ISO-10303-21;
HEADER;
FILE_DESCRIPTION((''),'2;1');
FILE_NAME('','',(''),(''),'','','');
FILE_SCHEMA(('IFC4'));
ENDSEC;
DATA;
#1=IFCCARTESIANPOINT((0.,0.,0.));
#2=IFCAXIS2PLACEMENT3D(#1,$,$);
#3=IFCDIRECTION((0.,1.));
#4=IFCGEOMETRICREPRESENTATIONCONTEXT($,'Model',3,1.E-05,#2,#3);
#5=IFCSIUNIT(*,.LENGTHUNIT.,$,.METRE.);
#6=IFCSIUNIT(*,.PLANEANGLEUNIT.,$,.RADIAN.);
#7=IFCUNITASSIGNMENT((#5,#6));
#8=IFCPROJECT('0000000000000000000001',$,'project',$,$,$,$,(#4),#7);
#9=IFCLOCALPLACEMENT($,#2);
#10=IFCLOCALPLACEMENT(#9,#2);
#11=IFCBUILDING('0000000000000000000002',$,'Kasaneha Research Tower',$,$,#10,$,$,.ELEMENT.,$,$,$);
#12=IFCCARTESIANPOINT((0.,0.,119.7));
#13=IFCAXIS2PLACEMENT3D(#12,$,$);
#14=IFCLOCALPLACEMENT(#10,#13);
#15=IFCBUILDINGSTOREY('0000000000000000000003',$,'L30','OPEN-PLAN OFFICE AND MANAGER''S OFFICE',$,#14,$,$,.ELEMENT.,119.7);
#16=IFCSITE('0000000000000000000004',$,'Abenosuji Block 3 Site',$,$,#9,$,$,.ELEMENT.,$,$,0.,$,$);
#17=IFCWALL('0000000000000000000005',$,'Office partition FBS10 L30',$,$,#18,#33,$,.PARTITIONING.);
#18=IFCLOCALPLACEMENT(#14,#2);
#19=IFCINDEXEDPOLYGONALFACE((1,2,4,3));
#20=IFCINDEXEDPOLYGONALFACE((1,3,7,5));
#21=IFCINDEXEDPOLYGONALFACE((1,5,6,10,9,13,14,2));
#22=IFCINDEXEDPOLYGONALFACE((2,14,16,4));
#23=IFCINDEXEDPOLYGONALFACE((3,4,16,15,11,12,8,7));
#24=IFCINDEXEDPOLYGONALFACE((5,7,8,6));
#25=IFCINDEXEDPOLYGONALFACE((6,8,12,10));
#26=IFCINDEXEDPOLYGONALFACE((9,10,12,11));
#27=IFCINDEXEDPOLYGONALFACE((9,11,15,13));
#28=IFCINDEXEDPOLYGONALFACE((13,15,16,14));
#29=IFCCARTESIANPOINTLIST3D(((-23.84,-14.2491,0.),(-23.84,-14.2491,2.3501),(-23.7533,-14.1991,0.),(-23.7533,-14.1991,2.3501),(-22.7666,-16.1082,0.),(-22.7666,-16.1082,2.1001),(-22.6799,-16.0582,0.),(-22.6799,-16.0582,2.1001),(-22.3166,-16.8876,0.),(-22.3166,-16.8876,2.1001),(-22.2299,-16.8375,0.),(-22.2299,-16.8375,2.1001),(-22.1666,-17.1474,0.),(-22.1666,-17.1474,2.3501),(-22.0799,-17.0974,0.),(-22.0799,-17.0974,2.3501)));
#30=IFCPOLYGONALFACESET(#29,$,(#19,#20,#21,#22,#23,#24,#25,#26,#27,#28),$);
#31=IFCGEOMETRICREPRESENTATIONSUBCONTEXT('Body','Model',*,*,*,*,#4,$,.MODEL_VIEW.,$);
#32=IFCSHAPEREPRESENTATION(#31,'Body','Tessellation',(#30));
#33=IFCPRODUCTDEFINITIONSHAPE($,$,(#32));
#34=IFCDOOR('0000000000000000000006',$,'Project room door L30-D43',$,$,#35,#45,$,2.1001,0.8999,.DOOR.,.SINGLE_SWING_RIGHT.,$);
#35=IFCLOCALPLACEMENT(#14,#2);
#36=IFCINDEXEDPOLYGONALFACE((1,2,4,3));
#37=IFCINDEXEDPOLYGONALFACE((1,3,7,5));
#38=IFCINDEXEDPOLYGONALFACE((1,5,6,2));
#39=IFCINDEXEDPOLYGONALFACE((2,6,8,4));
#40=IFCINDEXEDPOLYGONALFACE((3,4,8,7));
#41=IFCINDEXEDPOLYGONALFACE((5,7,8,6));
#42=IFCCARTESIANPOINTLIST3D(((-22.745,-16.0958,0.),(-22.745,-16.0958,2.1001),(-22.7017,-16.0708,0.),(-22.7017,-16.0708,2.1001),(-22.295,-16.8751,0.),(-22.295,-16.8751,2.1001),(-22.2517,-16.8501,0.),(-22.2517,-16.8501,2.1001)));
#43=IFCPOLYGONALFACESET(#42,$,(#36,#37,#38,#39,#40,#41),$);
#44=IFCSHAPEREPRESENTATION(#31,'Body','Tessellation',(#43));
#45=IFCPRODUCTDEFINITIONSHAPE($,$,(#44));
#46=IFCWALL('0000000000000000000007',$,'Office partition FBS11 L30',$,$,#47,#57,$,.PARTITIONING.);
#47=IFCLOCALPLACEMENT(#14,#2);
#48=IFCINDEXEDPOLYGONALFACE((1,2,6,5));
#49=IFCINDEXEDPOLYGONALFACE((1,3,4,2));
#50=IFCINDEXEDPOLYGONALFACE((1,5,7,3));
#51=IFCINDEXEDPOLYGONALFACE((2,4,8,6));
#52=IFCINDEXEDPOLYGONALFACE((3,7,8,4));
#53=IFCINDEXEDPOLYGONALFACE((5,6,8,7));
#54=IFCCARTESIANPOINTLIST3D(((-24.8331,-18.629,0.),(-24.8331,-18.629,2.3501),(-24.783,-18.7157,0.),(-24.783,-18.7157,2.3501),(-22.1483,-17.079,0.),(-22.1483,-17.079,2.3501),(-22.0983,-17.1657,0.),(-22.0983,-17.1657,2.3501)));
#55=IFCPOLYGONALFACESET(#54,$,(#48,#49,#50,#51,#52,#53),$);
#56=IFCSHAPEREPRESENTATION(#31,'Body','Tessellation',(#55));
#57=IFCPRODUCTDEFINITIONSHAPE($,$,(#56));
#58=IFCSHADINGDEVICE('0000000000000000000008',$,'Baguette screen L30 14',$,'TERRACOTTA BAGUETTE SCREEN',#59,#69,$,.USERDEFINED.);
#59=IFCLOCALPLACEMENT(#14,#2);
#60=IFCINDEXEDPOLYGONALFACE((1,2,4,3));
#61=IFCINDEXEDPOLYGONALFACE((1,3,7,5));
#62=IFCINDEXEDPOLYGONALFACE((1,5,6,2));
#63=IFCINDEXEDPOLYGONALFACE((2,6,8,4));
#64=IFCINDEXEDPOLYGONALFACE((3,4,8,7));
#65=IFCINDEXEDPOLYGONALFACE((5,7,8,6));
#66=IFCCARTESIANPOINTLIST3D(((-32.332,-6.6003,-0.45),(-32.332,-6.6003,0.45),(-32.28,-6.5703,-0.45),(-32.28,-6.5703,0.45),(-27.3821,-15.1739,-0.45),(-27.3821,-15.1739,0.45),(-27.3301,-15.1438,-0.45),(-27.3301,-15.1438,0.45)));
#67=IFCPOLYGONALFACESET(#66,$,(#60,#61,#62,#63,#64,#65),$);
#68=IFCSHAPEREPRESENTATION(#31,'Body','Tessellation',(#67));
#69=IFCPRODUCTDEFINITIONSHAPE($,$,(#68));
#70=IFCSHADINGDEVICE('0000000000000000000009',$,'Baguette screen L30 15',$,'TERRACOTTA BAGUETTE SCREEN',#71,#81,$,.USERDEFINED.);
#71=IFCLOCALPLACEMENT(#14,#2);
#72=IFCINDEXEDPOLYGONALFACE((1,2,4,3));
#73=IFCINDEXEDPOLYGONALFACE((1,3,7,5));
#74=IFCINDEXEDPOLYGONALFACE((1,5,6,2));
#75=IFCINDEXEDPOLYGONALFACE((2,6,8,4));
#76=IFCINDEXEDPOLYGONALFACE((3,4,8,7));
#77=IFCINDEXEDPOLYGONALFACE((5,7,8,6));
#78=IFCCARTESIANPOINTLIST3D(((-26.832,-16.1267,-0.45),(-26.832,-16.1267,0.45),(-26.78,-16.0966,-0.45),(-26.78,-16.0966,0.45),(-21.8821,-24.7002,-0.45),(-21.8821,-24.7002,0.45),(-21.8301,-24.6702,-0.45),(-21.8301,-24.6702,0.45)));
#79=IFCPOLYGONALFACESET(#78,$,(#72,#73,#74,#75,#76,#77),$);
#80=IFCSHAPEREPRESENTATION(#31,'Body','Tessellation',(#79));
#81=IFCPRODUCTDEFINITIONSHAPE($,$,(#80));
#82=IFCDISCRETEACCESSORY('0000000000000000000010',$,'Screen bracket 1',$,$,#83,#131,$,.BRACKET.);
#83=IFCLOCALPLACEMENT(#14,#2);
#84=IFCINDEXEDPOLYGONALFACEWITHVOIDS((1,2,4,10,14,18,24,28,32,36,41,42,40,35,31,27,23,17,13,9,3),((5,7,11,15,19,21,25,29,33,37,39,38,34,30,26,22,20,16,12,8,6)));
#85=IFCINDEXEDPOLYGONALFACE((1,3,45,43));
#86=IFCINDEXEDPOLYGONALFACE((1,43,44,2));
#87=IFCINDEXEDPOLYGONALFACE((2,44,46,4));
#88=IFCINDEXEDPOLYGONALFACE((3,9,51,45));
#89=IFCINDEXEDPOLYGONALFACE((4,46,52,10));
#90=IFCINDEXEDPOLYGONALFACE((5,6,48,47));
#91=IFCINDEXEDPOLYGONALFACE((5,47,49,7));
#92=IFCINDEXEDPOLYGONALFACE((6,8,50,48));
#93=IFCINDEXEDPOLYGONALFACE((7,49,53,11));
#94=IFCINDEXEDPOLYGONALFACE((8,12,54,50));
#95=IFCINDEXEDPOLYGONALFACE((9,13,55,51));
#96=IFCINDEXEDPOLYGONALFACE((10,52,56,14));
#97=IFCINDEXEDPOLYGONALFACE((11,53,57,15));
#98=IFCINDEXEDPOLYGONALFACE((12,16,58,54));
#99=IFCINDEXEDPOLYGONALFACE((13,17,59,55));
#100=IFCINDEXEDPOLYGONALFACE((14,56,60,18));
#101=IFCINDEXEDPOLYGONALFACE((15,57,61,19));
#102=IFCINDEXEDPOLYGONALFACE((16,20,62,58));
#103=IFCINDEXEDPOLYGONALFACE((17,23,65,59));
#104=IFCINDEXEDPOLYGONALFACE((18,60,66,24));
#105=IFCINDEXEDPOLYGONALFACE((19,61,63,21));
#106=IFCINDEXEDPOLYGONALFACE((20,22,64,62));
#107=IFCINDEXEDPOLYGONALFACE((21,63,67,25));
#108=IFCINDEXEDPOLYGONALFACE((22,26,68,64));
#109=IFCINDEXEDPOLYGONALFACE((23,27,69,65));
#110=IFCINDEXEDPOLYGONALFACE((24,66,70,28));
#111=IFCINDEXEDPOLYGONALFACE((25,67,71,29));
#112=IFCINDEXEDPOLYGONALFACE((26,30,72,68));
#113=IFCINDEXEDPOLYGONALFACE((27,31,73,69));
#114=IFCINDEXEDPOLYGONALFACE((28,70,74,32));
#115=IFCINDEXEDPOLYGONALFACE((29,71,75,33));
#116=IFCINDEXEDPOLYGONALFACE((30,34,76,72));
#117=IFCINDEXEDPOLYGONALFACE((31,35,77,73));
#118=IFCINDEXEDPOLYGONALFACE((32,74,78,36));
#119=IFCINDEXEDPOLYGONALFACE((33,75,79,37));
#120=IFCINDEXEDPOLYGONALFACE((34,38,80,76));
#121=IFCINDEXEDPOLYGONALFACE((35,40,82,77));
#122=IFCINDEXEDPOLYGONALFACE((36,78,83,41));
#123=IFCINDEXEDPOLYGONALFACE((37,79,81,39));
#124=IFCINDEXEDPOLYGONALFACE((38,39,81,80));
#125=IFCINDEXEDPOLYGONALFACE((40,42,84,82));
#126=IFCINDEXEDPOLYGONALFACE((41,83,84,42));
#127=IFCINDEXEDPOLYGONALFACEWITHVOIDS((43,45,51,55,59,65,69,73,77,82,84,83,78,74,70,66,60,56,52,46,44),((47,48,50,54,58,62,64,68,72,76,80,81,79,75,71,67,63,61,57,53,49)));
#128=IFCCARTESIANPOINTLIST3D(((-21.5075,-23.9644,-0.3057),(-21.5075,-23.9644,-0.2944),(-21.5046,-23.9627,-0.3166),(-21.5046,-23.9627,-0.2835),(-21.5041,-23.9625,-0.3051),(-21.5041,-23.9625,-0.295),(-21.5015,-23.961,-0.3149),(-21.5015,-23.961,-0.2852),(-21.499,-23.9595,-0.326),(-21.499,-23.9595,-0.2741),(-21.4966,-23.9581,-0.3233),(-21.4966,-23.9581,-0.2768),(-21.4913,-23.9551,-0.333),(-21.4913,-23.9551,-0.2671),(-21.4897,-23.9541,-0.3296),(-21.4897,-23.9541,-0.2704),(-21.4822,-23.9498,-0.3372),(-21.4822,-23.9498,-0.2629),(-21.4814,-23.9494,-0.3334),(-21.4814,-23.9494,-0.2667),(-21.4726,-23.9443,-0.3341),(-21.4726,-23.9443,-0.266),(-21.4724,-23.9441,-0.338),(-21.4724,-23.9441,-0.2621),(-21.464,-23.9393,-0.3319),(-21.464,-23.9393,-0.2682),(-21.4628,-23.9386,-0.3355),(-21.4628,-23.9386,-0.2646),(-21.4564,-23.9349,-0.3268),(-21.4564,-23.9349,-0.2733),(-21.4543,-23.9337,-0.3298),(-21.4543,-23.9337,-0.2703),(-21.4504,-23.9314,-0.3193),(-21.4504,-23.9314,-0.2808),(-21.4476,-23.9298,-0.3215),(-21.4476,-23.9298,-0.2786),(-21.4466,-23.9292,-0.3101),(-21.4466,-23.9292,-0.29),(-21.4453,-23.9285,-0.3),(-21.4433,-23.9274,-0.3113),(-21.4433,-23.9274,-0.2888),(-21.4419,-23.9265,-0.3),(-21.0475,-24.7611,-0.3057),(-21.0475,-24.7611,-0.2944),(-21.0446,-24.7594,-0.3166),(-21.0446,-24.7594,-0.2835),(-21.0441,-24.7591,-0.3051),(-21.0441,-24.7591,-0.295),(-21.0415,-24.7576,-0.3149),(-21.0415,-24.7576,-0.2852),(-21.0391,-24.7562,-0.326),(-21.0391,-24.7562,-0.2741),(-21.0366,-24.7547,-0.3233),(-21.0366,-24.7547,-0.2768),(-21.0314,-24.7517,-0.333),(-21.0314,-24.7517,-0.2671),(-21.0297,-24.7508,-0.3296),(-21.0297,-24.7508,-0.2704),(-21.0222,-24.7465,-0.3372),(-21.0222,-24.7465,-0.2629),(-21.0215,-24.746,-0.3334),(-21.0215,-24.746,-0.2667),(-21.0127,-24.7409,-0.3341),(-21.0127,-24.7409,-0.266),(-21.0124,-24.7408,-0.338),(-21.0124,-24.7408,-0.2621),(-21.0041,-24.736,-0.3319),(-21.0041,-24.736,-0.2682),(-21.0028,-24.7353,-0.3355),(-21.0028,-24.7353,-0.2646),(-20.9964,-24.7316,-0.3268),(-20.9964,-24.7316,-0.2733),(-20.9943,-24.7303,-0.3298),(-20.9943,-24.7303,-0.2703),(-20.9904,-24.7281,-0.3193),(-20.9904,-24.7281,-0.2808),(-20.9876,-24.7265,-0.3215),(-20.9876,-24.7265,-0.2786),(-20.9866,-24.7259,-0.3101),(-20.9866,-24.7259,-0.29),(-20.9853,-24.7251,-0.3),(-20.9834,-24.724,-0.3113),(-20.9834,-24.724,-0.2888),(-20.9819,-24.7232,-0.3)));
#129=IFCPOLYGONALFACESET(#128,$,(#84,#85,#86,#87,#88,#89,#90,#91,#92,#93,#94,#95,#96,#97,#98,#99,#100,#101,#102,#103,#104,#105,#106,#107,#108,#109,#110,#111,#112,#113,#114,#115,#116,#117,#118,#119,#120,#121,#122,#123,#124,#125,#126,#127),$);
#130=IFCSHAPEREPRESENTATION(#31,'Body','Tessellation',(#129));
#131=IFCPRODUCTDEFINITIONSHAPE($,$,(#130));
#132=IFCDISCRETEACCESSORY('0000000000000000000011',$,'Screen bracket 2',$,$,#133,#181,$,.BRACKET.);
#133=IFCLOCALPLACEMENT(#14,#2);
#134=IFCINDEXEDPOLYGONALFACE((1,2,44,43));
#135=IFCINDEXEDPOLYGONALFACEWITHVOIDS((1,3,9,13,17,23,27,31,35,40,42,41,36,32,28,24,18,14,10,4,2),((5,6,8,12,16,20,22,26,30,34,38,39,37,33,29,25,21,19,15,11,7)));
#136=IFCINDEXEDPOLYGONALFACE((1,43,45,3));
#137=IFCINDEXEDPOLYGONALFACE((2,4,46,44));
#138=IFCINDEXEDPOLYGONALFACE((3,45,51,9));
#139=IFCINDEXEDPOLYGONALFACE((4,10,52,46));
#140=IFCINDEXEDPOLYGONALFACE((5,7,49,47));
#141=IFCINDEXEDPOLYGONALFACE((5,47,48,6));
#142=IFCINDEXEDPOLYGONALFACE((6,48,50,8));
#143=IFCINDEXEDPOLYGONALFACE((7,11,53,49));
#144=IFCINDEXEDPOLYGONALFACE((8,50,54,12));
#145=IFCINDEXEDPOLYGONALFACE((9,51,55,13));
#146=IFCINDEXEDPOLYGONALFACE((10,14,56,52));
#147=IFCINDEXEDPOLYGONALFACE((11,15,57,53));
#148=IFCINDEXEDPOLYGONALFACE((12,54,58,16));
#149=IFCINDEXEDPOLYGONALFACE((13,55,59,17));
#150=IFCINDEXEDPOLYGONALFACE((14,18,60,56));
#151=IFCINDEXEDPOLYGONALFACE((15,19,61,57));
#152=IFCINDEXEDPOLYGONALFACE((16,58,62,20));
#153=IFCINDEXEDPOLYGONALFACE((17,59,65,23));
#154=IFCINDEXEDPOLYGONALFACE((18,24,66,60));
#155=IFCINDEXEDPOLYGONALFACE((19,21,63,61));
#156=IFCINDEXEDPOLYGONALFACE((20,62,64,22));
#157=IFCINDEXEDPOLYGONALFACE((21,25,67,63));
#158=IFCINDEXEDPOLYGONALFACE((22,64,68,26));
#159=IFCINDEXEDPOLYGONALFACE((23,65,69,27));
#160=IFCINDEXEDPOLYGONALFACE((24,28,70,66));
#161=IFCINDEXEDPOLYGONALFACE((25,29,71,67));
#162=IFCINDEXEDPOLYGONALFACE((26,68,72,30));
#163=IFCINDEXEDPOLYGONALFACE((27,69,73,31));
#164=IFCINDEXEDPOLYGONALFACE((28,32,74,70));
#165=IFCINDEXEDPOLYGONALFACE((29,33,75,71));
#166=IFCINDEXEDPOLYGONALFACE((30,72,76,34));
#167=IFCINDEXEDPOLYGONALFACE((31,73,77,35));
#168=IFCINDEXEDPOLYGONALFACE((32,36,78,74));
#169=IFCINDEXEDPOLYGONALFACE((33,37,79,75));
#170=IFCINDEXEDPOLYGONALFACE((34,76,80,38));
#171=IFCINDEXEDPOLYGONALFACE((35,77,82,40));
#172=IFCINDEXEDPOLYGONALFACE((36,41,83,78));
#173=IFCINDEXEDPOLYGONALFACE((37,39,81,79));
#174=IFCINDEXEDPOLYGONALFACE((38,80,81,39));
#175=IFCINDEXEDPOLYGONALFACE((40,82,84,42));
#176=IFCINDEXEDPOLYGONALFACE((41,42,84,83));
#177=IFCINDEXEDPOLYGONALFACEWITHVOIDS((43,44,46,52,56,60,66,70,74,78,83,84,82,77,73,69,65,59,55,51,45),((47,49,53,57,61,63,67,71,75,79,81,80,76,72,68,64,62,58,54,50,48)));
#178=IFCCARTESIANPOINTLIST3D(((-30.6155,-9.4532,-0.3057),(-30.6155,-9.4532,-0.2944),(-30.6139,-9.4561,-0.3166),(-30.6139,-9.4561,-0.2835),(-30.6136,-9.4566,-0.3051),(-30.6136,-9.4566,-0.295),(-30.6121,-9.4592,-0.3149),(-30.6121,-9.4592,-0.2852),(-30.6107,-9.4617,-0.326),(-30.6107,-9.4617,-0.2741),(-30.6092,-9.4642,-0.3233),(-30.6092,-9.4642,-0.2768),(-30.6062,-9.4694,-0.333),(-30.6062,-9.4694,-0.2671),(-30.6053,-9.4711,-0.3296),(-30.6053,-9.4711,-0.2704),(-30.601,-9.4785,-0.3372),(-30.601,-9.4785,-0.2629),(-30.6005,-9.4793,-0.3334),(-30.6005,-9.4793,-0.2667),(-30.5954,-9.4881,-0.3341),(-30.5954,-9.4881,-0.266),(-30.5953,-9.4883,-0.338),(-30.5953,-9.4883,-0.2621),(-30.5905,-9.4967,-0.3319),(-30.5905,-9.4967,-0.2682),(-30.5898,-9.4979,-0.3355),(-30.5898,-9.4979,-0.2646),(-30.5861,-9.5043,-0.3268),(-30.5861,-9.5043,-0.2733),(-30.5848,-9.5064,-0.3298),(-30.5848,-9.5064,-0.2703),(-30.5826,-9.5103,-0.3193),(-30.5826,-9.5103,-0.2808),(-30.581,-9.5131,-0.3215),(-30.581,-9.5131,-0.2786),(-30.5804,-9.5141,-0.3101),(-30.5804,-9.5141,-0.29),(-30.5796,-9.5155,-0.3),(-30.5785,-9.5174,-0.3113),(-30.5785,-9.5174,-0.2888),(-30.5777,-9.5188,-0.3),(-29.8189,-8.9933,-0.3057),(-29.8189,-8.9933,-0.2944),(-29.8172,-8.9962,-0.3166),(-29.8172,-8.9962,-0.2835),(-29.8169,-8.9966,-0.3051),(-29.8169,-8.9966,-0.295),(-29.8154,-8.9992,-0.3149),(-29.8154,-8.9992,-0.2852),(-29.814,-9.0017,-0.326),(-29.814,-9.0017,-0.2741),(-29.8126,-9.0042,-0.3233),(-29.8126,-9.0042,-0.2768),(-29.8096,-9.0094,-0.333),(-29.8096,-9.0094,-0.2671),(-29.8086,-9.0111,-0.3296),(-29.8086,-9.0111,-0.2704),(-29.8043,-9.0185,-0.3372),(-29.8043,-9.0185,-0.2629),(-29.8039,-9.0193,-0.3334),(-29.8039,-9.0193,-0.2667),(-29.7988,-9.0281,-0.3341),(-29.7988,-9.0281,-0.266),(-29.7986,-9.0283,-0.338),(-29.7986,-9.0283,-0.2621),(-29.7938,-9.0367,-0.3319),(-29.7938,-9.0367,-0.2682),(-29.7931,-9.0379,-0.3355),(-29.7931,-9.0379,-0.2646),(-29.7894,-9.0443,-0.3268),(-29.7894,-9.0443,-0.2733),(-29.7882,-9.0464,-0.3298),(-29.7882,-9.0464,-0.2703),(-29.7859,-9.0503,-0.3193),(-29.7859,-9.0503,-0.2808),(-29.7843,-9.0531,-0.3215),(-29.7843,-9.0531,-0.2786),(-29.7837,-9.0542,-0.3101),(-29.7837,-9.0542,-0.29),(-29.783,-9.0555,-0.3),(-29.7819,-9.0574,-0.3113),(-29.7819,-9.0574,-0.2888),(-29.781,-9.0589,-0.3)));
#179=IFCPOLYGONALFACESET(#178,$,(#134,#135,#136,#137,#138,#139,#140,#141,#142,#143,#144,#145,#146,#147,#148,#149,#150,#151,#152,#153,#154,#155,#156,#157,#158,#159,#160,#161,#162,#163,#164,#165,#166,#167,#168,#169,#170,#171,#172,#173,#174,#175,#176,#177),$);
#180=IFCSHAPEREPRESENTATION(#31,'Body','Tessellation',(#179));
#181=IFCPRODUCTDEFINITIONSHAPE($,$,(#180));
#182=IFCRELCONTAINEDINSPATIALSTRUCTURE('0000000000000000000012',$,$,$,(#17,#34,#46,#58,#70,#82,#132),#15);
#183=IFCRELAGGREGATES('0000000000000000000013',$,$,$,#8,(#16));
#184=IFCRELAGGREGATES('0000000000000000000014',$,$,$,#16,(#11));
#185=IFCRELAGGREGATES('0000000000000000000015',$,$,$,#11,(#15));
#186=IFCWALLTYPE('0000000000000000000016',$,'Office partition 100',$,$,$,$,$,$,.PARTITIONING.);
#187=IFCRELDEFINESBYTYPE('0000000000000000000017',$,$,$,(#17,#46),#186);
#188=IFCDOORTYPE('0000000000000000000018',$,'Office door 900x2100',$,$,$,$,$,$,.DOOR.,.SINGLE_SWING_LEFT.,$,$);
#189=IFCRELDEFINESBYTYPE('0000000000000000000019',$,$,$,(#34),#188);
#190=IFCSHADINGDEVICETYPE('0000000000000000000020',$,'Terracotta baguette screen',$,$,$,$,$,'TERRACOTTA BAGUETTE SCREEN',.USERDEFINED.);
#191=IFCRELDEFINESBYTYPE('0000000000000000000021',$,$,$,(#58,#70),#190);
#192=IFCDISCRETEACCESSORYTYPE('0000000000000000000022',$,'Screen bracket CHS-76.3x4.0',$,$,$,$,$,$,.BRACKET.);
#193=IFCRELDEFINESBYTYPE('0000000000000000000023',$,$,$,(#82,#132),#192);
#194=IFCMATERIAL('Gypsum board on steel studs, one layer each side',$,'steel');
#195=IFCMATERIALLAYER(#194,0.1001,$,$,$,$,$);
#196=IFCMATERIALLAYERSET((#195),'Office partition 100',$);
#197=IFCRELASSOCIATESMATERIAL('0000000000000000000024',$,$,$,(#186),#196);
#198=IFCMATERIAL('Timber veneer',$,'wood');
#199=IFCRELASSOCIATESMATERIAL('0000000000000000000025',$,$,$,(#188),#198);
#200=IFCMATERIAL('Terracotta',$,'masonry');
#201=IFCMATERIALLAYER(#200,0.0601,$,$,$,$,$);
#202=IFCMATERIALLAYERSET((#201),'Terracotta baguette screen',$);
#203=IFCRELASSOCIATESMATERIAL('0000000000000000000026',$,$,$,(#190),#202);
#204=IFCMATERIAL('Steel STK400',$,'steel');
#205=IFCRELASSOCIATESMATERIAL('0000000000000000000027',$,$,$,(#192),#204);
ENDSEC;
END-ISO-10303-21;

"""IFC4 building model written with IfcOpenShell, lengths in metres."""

from ifc_helpers import new_model, si_unit, direction, frame, frame_2d, origin, origin_2d, place, context, subcontext, project, spatial, rectangle, hollow_circle, extrude, material, layer, layer_set, material_profile, profile_set, type_object, element, fill, save


model = new_model("IFC4")

# Units and contexts
model_context = context("Model", 3, precision=1e-05, world=origin(), true_north=direction((0.0, 1.0)))
body_context = subcontext(model_context, "Body", "Model", "MODEL_VIEW")
ifc_project = project(units=[si_unit("LENGTHUNIT", "METRE"), si_unit("PLANEANGLEUNIT", "RADIAN")], contexts=[model_context])

# Site, building, storey
site_placement = place(None, origin())
site = spatial("IfcSite", under=ifc_project, at=site_placement, Name="Abenosuji Block 3 Site", CompositionType="ELEMENT", RefElevation=0.0)
building_placement = place(site_placement, origin())
building = spatial("IfcBuilding", under=site, at=building_placement, Name="Kasaneha Research Tower", CompositionType="ELEMENT")
storey_placement = place(building_placement, frame((0.0, 0.0, 119.7)))
storey = spatial("IfcBuildingStorey", under=building, at=storey_placement, Name="L30", Description="OPEN-PLAN OFFICE AND MANAGER'S OFFICE", CompositionType="ELEMENT", Elevation=119.7)

# Wall, opening, door
ifc_material_1 = material(Name="Gypsum board on steel studs, one layer each side", Category="steel")
ifc_layer_1 = layer(ifc_material_1, 0.1001)
ifc_layer_set_1 = layer_set([ifc_layer_1], Name="Office partition 100")
wall_type = type_object("IfcWallType", Name="Office partition 100", PredefinedType="PARTITIONING", material=ifc_layer_set_1)
ifc_material_2 = material(Name="Timber veneer", Category="wood")
door_type = type_object("IfcDoorType", Name="Office door 900x2100", OperationType="SINGLE_SWING_LEFT", PredefinedType="DOOR", material=ifc_material_2)
wall_1_placement = place(storey_placement, frame((-23.7966, -14.2241, 0.0), z_axis=(0.0, 0.0, 1.0), x_axis=(0.500015, -0.866017, 0.0)))
wall_1 = element("IfcWall", 1, at=wall_1_placement, inside=storey, type_object=wall_type, Name="Office partition FBS10 L30", PredefinedType="PARTITIONING", context=body_context, shape_type="SweptSolid", body=[
    extrude(rectangle(XDim=3.3467, YDim=0.1001, at=frame_2d((1.6733, 0.0))), origin(), (0.0, 0.0, 1.0), 2.3501),
])
opening_1_placement = place(wall_1_placement, frame((2.1467, 0.0, 0.0)))
opening_1 = element("IfcOpeningElement", 2, at=opening_1_placement, cuts=wall_1, PredefinedType="OPENING", context=body_context, shape_type="SweptSolid", body=[
    extrude(rectangle(XDim=0.8999, YDim=2.1001, at=frame_2d((0.45, 1.05))), frame((0.0, 0.0601, 0.0), z_axis=(0.0, -1.0, 0.0), x_axis=(1.0, 0.0, 0.0)), (0.0, 0.0, 1.0), 0.1201),
])
door_1_placement = place(opening_1_placement, origin())
door_1 = element("IfcDoor", 3, at=door_1_placement, inside=storey, type_object=door_type, Name="Project room door L30-D43", OperationType="SINGLE_SWING_RIGHT", OverallHeight=2.1001, OverallWidth=0.8999, PredefinedType="DOOR", context=body_context, shape_type="SweptSolid", body=[
    extrude(rectangle(XDim=0.8999, YDim=2.1001, at=frame_2d((0.45, 1.05))), frame((0.0, 0.0249, 0.0), z_axis=(0.0, -1.0, 0.0), x_axis=(1.0, 0.0, 0.0)), (0.0, 0.0, 1.0), 0.05),
])
fill(opening_1, door_1)

# Wall
wall_2_placement = place(storey_placement, frame((-22.1233, -17.1223, 0.0), z_axis=(0.0, 0.0, 1.0), x_axis=(-0.86603, -0.499993, 0.0)))
element("IfcWall", 4, at=wall_2_placement, inside=storey, type_object=wall_type, Name="Office partition FBS11 L30", PredefinedType="PARTITIONING", context=body_context, shape_type="SweptSolid", body=[
    extrude(rectangle(XDim=3.1001, YDim=0.1001, at=frame_2d((1.55, 0.0))), origin(), (0.0, 0.0, 1.0), 2.3501),
])

# Shading devices
ifc_material_3 = material(Name="Terracotta", Category="masonry")
ifc_layer_2 = layer(ifc_material_3, 0.0601)
ifc_layer_set_2 = layer_set([ifc_layer_2], Name="Terracotta baguette screen")
shading_device_type = type_object("IfcShadingDeviceType", Name="Terracotta baguette screen", ElementType="TERRACOTTA BAGUETTE SCREEN", PredefinedType="USERDEFINED", material=ifc_layer_set_2)
for number, where, z_axis, x_axis, name in (
    (5, (-29.8311, -10.8721, -0.45), (0.0, 0.0, 1.0), (0.5, -0.866025, 0.0), "Baguette screen L30 14"),
    (6, (-24.3311, -20.3984, -0.45), (0.0, 0.0, 1.0), (0.5, -0.866025, 0.0), "Baguette screen L30 15"),
):
    element("IfcShadingDevice", number, at=place(storey_placement, frame(where, z_axis=z_axis, x_axis=x_axis)), inside=storey, type_object=shading_device_type, Name=name, ObjectType="TERRACOTTA BAGUETTE SCREEN", PredefinedType="USERDEFINED", context=body_context, shape_type="SweptSolid", body=[
        extrude(rectangle(XDim=9.8999, YDim=0.0601, at=origin_2d()), origin(), (0.0, 0.0, 1.0), 0.8999),
    ])

# Discrete accessories
ifc_material_4 = material(Name="Steel STK400", Category="steel")
ifc_material_profile_1 = material_profile(ifc_material_4, hollow_circle(Radius=0.0381, WallThickness=0.0039, at=origin_2d()), Name="CHS-76.3x4.0")
ifc_profile_set_1 = profile_set([ifc_material_profile_1], Name="Steel STK400")
discrete_accessory_type = type_object("IfcDiscreteAccessoryType", Name="Screen bracket CHS-76.3x4.0", PredefinedType="BRACKET", material=ifc_profile_set_1)
for number, where, z_axis, x_axis, name in (
    (7, (-21.4749, -23.9456, -0.3), (0.500021, -0.866013, 0.0), (0.866013, 0.500021, 0.0), "Screen bracket 1"),
    (8, (-29.8, -9.0259, -0.3), (-0.866013, -0.500021, 0.0), (0.500021, -0.866013, 0.0), "Screen bracket 2"),
):
    element("IfcDiscreteAccessory", number, at=place(storey_placement, frame(where, z_axis=z_axis, x_axis=x_axis)), inside=storey, type_object=discrete_accessory_type, Name=name, PredefinedType="BRACKET", context=body_context, shape_type="SweptSolid", body=[
        extrude(hollow_circle(Radius=0.0381, WallThickness=0.0039, at=origin_2d()), origin(), (0.0, 0.0, 1.0), 0.9199),
    ])

save(model, "model.ifc")
